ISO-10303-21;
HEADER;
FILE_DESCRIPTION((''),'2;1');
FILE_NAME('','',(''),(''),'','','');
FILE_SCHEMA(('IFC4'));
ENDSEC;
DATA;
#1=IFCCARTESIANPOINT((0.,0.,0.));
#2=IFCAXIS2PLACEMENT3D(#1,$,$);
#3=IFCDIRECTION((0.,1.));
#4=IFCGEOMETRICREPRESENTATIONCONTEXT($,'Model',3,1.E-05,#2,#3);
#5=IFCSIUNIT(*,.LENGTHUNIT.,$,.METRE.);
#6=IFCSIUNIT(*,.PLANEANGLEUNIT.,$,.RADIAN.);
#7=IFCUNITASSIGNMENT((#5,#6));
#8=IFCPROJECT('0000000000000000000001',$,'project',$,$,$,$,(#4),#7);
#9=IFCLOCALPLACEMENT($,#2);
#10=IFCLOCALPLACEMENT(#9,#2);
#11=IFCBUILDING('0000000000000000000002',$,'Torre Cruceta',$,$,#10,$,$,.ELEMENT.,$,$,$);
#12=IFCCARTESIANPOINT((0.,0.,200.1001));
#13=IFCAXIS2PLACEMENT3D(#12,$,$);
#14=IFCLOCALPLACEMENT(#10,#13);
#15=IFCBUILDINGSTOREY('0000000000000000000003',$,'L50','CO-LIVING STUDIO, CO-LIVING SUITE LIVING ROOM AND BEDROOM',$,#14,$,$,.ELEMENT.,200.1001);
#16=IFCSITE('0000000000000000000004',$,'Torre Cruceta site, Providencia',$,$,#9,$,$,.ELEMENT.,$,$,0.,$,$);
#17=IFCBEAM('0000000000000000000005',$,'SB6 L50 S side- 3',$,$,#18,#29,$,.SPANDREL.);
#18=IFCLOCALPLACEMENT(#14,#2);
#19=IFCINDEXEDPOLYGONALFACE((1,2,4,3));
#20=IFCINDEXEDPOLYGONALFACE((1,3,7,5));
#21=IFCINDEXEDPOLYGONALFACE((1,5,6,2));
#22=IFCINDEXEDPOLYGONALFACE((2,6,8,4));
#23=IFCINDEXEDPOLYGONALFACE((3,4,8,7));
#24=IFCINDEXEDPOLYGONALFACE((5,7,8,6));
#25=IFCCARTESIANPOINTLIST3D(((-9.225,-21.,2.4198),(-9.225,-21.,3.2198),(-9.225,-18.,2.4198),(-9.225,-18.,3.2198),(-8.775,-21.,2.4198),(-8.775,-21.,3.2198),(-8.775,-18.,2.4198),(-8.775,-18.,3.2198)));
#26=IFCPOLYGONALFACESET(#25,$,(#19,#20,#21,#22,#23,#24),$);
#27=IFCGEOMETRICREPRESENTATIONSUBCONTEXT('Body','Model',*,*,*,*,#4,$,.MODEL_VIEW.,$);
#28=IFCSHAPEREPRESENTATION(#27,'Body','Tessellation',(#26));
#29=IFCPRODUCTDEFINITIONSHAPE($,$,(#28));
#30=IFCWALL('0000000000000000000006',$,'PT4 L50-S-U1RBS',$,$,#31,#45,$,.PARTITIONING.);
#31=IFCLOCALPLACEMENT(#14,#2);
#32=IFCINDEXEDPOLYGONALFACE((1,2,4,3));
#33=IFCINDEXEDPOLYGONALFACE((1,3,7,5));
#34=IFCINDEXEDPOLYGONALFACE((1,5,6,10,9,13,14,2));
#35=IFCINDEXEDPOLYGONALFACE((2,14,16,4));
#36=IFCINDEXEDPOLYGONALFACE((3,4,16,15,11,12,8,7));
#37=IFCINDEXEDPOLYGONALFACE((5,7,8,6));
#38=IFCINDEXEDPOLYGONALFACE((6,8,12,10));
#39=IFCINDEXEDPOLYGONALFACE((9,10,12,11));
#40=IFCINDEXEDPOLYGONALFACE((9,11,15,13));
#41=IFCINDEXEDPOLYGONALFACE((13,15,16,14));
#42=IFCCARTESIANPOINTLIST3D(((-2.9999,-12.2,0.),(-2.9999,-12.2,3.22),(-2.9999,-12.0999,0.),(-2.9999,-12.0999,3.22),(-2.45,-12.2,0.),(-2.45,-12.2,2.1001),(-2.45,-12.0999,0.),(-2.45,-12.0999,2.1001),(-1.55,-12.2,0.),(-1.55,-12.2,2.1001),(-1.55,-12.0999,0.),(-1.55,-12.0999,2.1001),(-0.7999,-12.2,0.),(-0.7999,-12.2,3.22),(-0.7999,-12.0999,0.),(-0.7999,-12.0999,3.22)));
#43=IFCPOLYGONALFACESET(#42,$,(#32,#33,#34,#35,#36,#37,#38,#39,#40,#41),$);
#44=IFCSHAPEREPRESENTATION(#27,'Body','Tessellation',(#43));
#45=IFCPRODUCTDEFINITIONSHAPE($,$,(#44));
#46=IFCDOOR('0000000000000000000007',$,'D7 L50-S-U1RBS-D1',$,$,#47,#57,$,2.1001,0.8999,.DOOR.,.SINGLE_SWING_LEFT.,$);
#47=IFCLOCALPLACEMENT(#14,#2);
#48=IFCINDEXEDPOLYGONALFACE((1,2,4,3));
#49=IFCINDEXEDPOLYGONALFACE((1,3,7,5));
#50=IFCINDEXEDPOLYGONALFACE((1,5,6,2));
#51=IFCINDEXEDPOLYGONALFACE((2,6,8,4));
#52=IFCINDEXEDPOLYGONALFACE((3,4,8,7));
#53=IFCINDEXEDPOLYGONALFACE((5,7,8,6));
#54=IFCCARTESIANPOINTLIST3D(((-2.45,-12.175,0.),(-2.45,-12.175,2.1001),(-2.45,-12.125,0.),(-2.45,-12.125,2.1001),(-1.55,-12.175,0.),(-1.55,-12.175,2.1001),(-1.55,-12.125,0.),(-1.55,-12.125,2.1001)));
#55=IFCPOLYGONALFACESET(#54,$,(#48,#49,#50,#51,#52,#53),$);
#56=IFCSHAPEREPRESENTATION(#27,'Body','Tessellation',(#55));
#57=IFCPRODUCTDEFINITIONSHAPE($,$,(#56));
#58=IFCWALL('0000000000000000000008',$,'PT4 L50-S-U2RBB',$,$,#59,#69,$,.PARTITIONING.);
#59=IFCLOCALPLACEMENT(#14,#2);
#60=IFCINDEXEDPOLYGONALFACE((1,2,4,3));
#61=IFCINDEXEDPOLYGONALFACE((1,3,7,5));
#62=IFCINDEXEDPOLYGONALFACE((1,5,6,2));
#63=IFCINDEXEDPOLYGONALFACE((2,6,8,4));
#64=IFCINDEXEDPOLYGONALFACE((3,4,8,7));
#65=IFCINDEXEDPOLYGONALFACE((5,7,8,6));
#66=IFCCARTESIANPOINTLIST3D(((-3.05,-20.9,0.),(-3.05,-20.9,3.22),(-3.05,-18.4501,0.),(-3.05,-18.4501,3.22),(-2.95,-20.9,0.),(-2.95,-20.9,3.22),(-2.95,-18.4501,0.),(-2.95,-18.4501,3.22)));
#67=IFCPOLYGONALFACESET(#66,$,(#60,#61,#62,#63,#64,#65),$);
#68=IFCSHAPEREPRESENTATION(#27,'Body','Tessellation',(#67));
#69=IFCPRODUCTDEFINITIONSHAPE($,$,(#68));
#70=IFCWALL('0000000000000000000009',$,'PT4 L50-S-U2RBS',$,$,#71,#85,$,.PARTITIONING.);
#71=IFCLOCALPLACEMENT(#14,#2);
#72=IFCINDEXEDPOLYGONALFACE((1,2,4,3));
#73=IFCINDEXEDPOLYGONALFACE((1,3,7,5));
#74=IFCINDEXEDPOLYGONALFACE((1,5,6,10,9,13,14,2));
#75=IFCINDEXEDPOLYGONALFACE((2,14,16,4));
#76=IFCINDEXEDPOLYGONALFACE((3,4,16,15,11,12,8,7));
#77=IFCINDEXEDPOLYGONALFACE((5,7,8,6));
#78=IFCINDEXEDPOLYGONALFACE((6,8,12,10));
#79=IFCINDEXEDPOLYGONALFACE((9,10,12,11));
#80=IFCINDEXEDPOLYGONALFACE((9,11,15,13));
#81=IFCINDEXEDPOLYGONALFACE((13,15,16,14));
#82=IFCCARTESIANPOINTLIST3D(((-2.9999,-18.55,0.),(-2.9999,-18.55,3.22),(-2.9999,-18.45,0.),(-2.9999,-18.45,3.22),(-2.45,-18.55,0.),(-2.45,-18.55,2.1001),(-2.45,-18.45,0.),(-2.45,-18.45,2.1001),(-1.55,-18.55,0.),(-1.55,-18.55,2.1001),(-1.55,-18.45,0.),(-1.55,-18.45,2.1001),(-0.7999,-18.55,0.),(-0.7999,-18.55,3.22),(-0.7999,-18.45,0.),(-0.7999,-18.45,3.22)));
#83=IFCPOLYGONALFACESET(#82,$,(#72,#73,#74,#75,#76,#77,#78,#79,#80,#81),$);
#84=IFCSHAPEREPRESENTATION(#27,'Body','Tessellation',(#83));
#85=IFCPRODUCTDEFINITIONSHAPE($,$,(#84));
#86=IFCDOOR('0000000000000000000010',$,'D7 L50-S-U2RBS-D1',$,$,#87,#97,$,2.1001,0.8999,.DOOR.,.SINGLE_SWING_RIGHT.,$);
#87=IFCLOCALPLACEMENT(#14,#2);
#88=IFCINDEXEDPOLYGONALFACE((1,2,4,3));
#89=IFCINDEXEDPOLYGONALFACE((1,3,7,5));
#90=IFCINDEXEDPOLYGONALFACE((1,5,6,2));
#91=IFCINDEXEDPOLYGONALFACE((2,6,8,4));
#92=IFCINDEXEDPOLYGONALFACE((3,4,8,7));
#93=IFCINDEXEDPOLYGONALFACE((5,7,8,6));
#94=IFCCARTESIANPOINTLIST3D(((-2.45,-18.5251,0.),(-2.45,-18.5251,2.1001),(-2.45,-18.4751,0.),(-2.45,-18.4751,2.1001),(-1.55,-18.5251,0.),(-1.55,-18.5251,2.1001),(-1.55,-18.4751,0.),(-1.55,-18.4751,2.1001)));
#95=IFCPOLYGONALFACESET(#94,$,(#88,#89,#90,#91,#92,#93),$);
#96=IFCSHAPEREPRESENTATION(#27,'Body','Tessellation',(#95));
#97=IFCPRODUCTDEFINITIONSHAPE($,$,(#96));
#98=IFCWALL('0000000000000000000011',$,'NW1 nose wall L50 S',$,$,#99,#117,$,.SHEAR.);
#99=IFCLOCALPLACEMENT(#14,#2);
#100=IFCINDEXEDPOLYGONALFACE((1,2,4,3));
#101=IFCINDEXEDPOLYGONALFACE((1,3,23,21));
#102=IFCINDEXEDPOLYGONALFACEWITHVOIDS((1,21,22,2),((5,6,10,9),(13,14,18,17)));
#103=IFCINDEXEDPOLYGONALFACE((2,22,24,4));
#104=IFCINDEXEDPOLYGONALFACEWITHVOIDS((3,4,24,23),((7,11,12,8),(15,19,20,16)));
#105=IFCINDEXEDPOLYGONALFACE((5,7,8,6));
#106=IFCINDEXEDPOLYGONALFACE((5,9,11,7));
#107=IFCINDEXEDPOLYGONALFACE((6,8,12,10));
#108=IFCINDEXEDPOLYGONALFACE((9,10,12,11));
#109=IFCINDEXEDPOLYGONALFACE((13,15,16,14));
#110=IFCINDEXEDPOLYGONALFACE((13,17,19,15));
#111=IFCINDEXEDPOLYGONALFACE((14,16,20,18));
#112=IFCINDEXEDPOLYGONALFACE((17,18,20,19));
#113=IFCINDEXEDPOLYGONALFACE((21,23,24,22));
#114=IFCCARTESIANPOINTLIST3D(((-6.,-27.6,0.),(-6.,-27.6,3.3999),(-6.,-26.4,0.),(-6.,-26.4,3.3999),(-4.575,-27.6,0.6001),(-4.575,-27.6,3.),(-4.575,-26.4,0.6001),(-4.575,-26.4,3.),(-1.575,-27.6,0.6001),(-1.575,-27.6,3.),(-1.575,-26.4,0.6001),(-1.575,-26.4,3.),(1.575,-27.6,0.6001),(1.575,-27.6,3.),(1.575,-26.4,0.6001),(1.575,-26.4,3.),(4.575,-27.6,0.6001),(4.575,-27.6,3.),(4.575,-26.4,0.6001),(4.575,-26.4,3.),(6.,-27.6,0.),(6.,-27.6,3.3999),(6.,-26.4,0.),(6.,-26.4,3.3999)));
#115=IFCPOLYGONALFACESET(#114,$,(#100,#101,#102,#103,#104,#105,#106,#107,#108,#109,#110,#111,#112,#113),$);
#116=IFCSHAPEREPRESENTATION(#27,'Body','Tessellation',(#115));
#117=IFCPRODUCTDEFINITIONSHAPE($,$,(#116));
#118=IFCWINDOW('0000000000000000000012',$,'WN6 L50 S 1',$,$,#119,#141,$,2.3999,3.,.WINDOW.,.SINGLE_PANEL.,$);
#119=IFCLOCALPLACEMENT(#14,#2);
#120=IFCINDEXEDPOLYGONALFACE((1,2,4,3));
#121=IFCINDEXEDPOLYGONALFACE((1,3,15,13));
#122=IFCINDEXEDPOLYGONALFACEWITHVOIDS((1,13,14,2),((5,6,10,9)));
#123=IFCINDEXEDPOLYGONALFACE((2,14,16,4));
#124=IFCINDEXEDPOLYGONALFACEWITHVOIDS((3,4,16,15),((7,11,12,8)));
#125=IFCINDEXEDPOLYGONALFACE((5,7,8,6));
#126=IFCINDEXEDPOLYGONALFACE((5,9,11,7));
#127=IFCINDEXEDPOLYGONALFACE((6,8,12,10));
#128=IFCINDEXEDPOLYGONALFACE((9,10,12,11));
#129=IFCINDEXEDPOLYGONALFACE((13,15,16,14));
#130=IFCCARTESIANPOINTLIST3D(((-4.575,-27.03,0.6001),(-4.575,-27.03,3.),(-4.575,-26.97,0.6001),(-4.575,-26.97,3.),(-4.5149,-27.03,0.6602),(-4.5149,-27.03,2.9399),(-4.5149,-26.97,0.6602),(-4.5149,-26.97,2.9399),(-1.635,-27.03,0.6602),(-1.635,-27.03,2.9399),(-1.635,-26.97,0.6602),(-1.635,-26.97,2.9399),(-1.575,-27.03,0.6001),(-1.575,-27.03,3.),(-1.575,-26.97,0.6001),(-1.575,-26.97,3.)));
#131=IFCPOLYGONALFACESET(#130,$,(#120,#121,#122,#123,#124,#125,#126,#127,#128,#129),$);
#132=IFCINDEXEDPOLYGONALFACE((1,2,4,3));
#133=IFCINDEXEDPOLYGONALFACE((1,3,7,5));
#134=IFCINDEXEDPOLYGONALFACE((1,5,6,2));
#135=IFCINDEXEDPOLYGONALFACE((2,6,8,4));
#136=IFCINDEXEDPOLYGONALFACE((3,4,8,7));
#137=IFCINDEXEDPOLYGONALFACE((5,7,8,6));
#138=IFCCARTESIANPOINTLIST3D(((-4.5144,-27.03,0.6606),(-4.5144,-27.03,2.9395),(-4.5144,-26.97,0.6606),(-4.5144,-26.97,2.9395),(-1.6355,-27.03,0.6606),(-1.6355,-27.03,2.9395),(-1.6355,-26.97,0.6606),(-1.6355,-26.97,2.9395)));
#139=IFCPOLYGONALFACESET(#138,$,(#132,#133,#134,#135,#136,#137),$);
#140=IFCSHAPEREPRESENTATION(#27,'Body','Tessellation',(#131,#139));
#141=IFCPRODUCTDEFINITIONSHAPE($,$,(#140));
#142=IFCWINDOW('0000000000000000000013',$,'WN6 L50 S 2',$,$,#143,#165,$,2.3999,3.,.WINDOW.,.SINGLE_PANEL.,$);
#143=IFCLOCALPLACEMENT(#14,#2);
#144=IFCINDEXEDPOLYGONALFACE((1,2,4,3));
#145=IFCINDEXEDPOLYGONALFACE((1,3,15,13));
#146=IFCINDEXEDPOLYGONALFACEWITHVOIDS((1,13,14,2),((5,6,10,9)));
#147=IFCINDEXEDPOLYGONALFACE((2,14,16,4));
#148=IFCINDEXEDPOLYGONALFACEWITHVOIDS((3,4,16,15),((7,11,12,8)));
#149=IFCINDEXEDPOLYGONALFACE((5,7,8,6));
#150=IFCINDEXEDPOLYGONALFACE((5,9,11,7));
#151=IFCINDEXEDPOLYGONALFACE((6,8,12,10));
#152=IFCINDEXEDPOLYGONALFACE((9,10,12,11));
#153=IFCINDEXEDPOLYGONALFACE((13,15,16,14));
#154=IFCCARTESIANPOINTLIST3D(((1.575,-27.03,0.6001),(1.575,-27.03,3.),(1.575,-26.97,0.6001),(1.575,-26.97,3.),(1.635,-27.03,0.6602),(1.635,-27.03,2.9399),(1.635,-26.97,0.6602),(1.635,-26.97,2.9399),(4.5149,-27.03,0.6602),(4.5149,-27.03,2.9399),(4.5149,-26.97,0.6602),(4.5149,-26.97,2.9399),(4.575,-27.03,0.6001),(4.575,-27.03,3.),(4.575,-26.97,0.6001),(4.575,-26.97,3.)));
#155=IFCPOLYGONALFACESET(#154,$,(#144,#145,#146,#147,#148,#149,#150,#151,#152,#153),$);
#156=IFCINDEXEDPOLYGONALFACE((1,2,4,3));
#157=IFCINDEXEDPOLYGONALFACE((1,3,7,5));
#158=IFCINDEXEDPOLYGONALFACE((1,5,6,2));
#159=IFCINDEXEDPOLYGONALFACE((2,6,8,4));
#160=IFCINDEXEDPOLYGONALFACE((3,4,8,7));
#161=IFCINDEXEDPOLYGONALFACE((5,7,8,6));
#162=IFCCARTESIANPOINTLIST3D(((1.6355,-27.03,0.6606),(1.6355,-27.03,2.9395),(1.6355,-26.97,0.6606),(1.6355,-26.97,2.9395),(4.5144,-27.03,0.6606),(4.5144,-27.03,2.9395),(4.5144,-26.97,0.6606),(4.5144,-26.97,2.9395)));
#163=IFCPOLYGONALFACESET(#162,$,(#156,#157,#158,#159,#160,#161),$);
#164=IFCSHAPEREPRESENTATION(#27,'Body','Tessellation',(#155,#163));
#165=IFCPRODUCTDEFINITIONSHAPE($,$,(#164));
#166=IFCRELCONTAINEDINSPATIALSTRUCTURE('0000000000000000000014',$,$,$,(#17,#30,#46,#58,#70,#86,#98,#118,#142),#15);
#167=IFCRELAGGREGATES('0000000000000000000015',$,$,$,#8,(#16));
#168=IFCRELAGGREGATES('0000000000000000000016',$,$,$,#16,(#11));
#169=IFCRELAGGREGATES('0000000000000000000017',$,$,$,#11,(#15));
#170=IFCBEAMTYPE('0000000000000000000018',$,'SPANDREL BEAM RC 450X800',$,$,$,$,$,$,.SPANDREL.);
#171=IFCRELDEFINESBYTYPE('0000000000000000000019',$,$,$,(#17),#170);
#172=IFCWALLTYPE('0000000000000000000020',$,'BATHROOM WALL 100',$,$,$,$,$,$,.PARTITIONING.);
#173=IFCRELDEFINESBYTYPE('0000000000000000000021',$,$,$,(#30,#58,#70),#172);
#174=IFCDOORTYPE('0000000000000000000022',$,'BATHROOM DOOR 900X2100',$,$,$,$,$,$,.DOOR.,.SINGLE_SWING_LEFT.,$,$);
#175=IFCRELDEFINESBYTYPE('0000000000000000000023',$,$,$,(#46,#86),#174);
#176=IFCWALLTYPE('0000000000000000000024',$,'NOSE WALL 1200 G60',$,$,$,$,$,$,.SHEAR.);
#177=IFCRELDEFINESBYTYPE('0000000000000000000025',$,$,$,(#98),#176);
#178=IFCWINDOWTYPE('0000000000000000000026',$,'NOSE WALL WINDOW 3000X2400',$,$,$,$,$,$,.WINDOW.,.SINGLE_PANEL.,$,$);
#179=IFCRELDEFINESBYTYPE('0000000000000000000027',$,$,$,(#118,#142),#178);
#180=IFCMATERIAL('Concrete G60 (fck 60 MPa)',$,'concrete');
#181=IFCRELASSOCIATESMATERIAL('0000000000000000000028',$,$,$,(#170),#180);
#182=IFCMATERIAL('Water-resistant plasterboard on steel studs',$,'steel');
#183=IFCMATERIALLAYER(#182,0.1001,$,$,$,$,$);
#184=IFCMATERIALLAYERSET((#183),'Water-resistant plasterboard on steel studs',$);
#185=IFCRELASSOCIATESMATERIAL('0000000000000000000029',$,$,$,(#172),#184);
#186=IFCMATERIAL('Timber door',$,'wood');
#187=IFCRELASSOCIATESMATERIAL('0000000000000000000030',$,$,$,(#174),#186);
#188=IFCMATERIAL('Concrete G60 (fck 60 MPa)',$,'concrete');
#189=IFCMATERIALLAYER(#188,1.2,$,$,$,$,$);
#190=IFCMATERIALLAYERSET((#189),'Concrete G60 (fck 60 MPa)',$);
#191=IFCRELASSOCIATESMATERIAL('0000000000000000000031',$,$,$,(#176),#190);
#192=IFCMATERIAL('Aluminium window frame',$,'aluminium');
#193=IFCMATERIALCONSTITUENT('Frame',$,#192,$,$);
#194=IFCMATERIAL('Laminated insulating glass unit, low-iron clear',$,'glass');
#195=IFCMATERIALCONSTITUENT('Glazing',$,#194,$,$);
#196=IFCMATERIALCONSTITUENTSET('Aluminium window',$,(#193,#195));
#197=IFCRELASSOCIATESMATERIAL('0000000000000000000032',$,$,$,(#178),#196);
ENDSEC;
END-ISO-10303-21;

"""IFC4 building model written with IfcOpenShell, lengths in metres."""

from ifc_helpers import new_model, si_unit, direction, frame, frame_2d, origin, origin_2d, place, context, subcontext, project, spatial, rectangle, hollow_rectangle, extrude, material, layer, layer_set, constituent, constituent_set, material_profile, profile_set, type_object, element, fill, save


model = new_model("IFC4")

# Units and contexts
model_context = context("Model", 3, precision=1e-05, world=origin(), true_north=direction((0.0, 1.0)))
body_context = subcontext(model_context, "Body", "Model", "MODEL_VIEW")
ifc_project = project(units=[si_unit("LENGTHUNIT", "METRE"), si_unit("PLANEANGLEUNIT", "RADIAN")], contexts=[model_context])

# Site, building, storey
site_placement = place(None, origin())
site = spatial("IfcSite", under=ifc_project, at=site_placement, Name="Torre Cruceta site, Providencia", CompositionType="ELEMENT", RefElevation=0.0)
building_placement = place(site_placement, origin())
building = spatial("IfcBuilding", under=site, at=building_placement, Name="Torre Cruceta", CompositionType="ELEMENT")
storey_placement = place(building_placement, frame((0.0, 0.0, 200.1001)))
storey = spatial("IfcBuildingStorey", under=building, at=storey_placement, Name="L50", Description="CO-LIVING STUDIO, CO-LIVING SUITE LIVING ROOM AND BEDROOM", CompositionType="ELEMENT", Elevation=200.1001)

# Beam
ifc_material_1 = material(Name="Concrete G60 (fck 60 MPa)", Category="concrete")
ifc_material_profile_1 = material_profile(ifc_material_1, rectangle(XDim=0.45, YDim=0.8, at=origin_2d()), Name="RC 450X800")
ifc_profile_set_1 = profile_set([ifc_material_profile_1], Name="Concrete G60 (fck 60 MPa)")
beam_type_1 = type_object("IfcBeamType", Name="SPANDREL BEAM RC 450X800", PredefinedType="SPANDREL", material=ifc_profile_set_1)
for number, where, z_axis, x_axis, name in (
    (1, (-9.0, -18.0, 2.8198), (0.0, -1.0, 0.0), (1.0, 0.0, 0.0), "SB6 L50 S side- 3"),
):
    element("IfcBeam", number, at=place(storey_placement, frame(where, z_axis=z_axis, x_axis=x_axis)), inside=storey, type_object=beam_type_1, Name=name, PredefinedType="SPANDREL", context=body_context, shape_type="SweptSolid", body=[
        extrude(rectangle(XDim=0.45, YDim=0.8, at=origin_2d()), origin(), (0.0, 0.0, 1.0), 3.0),
    ])

# Wall, opening, door
ifc_material_2 = material(Name="Water-resistant plasterboard on steel studs", Category="steel")
ifc_layer_1 = layer(ifc_material_2, 0.1001)
ifc_layer_set_1 = layer_set([ifc_layer_1], Name="Water-resistant plasterboard on steel studs")
wall_type_1 = type_object("IfcWallType", Name="BATHROOM WALL 100", PredefinedType="PARTITIONING", material=ifc_layer_set_1)
wall_1_placement = place(storey_placement, frame((-3.0, -12.1499, 0.0), z_axis=(0.0, 0.0, 1.0), x_axis=(1.0, 0.0, 0.0)))
wall_1 = element("IfcWall", 2, at=wall_1_placement, inside=storey, type_object=wall_type_1, Name="PT4 L50-S-U1RBS", PredefinedType="PARTITIONING", context=body_context, shape_type="SweptSolid", body=[
    extrude(rectangle(XDim=2.2, YDim=0.1001, at=frame_2d((1.1001, 0.0))), origin(), (0.0, 0.0, 1.0), 3.22),
])
opening_1_placement = place(wall_1_placement, frame((0.55, 0.0, 0.0)))
opening_1 = element("IfcOpeningElement", 3, at=opening_1_placement, cuts=wall_1, PredefinedType="OPENING", context=body_context, shape_type="SweptSolid", body=[
    extrude(rectangle(XDim=0.8999, YDim=2.1001, at=frame_2d((0.45, 1.05))), frame((0.0, 0.0601, 0.0), z_axis=(0.0, -1.0, 0.0), x_axis=(1.0, 0.0, 0.0)), (0.0, 0.0, 1.0), 0.1201),
])
ifc_material_3 = material(Name="Timber door", Category="wood")
door_type_1 = type_object("IfcDoorType", Name="BATHROOM DOOR 900X2100", OperationType="SINGLE_SWING_LEFT", PredefinedType="DOOR", material=ifc_material_3)
door_1_placement = place(opening_1_placement, origin())
door_1 = element("IfcDoor", 4, at=door_1_placement, inside=storey, type_object=door_type_1, Name="D7 L50-S-U1RBS-D1", OperationType="SINGLE_SWING_LEFT", OverallHeight=2.1001, OverallWidth=0.8999, PredefinedType="DOOR", context=body_context, shape_type="SweptSolid", body=[
    extrude(rectangle(XDim=0.8999, YDim=2.1001, at=frame_2d((0.45, 1.05))), frame((0.0, 0.0249, 0.0), z_axis=(0.0, -1.0, 0.0), x_axis=(1.0, 0.0, 0.0)), (0.0, 0.0, 1.0), 0.05),
])
fill(opening_1, door_1)

# Wall
wall_2_placement = place(storey_placement, frame((-3.0, -18.45, 0.0), z_axis=(0.0, 0.0, 1.0), x_axis=(0.0, -1.0, 0.0)))
element("IfcWall", 5, at=wall_2_placement, inside=storey, type_object=wall_type_1, Name="PT4 L50-S-U2RBB", PredefinedType="PARTITIONING", context=body_context, shape_type="SweptSolid", body=[
    extrude(rectangle(XDim=2.45, YDim=0.1001, at=frame_2d((1.2251, 0.0))), origin(), (0.0, 0.0, 1.0), 3.22),
])

# Wall, opening, door
wall_3_placement = place(storey_placement, frame((-3.0, -18.5, 0.0), z_axis=(0.0, 0.0, 1.0), x_axis=(1.0, 0.0, 0.0)))
wall_3 = element("IfcWall", 6, at=wall_3_placement, inside=storey, type_object=wall_type_1, Name="PT4 L50-S-U2RBS", PredefinedType="PARTITIONING", context=body_context, shape_type="SweptSolid", body=[
    extrude(rectangle(XDim=2.2, YDim=0.1001, at=frame_2d((1.1001, 0.0))), origin(), (0.0, 0.0, 1.0), 3.22),
])
opening_2_placement = place(wall_3_placement, frame((0.55, 0.0, 0.0)))
opening_2 = element("IfcOpeningElement", 7, at=opening_2_placement, cuts=wall_3, PredefinedType="OPENING", context=body_context, shape_type="SweptSolid", body=[
    extrude(rectangle(XDim=0.8999, YDim=2.1001, at=frame_2d((0.45, 1.05))), frame((0.0, 0.0601, 0.0), z_axis=(0.0, -1.0, 0.0), x_axis=(1.0, 0.0, 0.0)), (0.0, 0.0, 1.0), 0.1201),
])
door_2_placement = place(opening_2_placement, frame((0.8999, 0.0, 0.0), z_axis=(0.0, 0.0, 1.0), x_axis=(-1.0, 0.0, 0.0)))
door_2 = element("IfcDoor", 8, at=door_2_placement, inside=storey, type_object=door_type_1, Name="D7 L50-S-U2RBS-D1", OperationType="SINGLE_SWING_RIGHT", OverallHeight=2.1001, OverallWidth=0.8999, PredefinedType="DOOR", context=body_context, shape_type="SweptSolid", body=[
    extrude(rectangle(XDim=0.8999, YDim=2.1001, at=frame_2d((0.45, 1.05))), frame((0.0, 0.0251, 0.0), z_axis=(0.0, -1.0, 0.0), x_axis=(1.0, 0.0, 0.0)), (0.0, 0.0, 1.0), 0.05),
])
fill(opening_2, door_2)

# Wall, openings, windows
ifc_material_4 = material(Name="Concrete G60 (fck 60 MPa)", Category="concrete")
ifc_layer_2 = layer(ifc_material_4, 1.2)
ifc_layer_set_2 = layer_set([ifc_layer_2], Name="Concrete G60 (fck 60 MPa)")
wall_type_2 = type_object("IfcWallType", Name="NOSE WALL 1200 G60", PredefinedType="SHEAR", material=ifc_layer_set_2)
wall_4_placement = place(storey_placement, frame((-6.0, -27.0, 0.0), z_axis=(0.0, 0.0, 1.0), x_axis=(1.0, 0.0, 0.0)))
wall_4 = element("IfcWall", 9, at=wall_4_placement, inside=storey, type_object=wall_type_2, Name="NW1 nose wall L50 S", PredefinedType="SHEAR", context=body_context, shape_type="SweptSolid", body=[
    extrude(rectangle(XDim=12.0, YDim=1.2, at=frame_2d((6.0, 0.0))), origin(), (0.0, 0.0, 1.0), 3.3999),
])
opening_3_placement = place(wall_4_placement, frame((1.425, 0.0, 0.6001)))
opening_3 = element("IfcOpeningElement", 10, at=opening_3_placement, cuts=wall_4, PredefinedType="OPENING", context=body_context, shape_type="SweptSolid", body=[
    extrude(rectangle(XDim=3.0, YDim=2.3999, at=frame_2d((1.5, 1.2))), frame((0.0, 0.6099, 0.0), z_axis=(0.0, -1.0, 0.0), x_axis=(1.0, 0.0, 0.0)), (0.0, 0.0, 1.0), 1.22),
])
opening_4_placement = place(wall_4_placement, frame((7.575, 0.0, 0.6001)))
opening_4 = element("IfcOpeningElement", 11, at=opening_4_placement, cuts=wall_4, PredefinedType="OPENING", context=body_context, shape_type="SweptSolid", body=[
    extrude(rectangle(XDim=3.0, YDim=2.3999, at=frame_2d((1.5, 1.2))), frame((0.0, 0.6099, 0.0), z_axis=(0.0, -1.0, 0.0), x_axis=(1.0, 0.0, 0.0)), (0.0, 0.0, 1.0), 1.22),
])
ifc_material_5 = material(Name="Aluminium window frame", Category="aluminium")
ifc_constituent_1 = constituent(ifc_material_5, Name="Frame")
ifc_material_6 = material(Name="Laminated insulating glass unit, low-iron clear", Category="glass")
ifc_constituent_2 = constituent(ifc_material_6, Name="Glazing")
ifc_constituent_set_1 = constituent_set(constituents=[ifc_constituent_1, ifc_constituent_2], Name="Aluminium window")
window_type = type_object("IfcWindowType", Name="NOSE WALL WINDOW 3000X2400", PartitioningType="SINGLE_PANEL", PredefinedType="WINDOW", material=ifc_constituent_set_1)
window_1_placement = place(opening_3_placement, origin())
window_1 = element("IfcWindow", 12, at=window_1_placement, inside=storey, type_object=window_type, Name="WN6 L50 S 1", OverallHeight=2.3999, OverallWidth=3.0, PartitioningType="SINGLE_PANEL", PredefinedType="WINDOW", context=body_context, shape_type="SweptSolid", body=[
    extrude(hollow_rectangle(XDim=3.0, YDim=2.3999, WallThickness=0.0601, at=frame_2d((1.5, 1.2))), frame((0.0, 0.03, 0.0), z_axis=(0.0, -1.0, 0.0), x_axis=(1.0, 0.0, 0.0)), (0.0, 0.0, 1.0), 0.0601),
    extrude(rectangle(XDim=2.8789, YDim=2.2788, at=frame_2d((1.5, 1.2))), frame((0.0, 0.03, 0.0), z_axis=(0.0, -1.0, 0.0), x_axis=(1.0, 0.0, 0.0)), (0.0, 0.0, 1.0), 0.0601),
])
fill(opening_3, window_1)
window_2_placement = place(opening_4_placement, origin())
window_2 = element("IfcWindow", 13, at=window_2_placement, inside=storey, type_object=window_type, Name="WN6 L50 S 2", OverallHeight=2.3999, OverallWidth=3.0, PartitioningType="SINGLE_PANEL", PredefinedType="WINDOW", context=body_context, shape_type="SweptSolid", body=[
    extrude(hollow_rectangle(XDim=3.0, YDim=2.3999, WallThickness=0.0601, at=frame_2d((1.5, 1.2))), frame((0.0, 0.03, 0.0), z_axis=(0.0, -1.0, 0.0), x_axis=(1.0, 0.0, 0.0)), (0.0, 0.0, 1.0), 0.0601),
    extrude(rectangle(XDim=2.8789, YDim=2.2788, at=frame_2d((1.5, 1.2))), frame((0.0, 0.03, 0.0), z_axis=(0.0, -1.0, 0.0), x_axis=(1.0, 0.0, 0.0)), (0.0, 0.0, 1.0), 0.0601),
])
fill(opening_4, window_2)

save(model, "model.ifc")
